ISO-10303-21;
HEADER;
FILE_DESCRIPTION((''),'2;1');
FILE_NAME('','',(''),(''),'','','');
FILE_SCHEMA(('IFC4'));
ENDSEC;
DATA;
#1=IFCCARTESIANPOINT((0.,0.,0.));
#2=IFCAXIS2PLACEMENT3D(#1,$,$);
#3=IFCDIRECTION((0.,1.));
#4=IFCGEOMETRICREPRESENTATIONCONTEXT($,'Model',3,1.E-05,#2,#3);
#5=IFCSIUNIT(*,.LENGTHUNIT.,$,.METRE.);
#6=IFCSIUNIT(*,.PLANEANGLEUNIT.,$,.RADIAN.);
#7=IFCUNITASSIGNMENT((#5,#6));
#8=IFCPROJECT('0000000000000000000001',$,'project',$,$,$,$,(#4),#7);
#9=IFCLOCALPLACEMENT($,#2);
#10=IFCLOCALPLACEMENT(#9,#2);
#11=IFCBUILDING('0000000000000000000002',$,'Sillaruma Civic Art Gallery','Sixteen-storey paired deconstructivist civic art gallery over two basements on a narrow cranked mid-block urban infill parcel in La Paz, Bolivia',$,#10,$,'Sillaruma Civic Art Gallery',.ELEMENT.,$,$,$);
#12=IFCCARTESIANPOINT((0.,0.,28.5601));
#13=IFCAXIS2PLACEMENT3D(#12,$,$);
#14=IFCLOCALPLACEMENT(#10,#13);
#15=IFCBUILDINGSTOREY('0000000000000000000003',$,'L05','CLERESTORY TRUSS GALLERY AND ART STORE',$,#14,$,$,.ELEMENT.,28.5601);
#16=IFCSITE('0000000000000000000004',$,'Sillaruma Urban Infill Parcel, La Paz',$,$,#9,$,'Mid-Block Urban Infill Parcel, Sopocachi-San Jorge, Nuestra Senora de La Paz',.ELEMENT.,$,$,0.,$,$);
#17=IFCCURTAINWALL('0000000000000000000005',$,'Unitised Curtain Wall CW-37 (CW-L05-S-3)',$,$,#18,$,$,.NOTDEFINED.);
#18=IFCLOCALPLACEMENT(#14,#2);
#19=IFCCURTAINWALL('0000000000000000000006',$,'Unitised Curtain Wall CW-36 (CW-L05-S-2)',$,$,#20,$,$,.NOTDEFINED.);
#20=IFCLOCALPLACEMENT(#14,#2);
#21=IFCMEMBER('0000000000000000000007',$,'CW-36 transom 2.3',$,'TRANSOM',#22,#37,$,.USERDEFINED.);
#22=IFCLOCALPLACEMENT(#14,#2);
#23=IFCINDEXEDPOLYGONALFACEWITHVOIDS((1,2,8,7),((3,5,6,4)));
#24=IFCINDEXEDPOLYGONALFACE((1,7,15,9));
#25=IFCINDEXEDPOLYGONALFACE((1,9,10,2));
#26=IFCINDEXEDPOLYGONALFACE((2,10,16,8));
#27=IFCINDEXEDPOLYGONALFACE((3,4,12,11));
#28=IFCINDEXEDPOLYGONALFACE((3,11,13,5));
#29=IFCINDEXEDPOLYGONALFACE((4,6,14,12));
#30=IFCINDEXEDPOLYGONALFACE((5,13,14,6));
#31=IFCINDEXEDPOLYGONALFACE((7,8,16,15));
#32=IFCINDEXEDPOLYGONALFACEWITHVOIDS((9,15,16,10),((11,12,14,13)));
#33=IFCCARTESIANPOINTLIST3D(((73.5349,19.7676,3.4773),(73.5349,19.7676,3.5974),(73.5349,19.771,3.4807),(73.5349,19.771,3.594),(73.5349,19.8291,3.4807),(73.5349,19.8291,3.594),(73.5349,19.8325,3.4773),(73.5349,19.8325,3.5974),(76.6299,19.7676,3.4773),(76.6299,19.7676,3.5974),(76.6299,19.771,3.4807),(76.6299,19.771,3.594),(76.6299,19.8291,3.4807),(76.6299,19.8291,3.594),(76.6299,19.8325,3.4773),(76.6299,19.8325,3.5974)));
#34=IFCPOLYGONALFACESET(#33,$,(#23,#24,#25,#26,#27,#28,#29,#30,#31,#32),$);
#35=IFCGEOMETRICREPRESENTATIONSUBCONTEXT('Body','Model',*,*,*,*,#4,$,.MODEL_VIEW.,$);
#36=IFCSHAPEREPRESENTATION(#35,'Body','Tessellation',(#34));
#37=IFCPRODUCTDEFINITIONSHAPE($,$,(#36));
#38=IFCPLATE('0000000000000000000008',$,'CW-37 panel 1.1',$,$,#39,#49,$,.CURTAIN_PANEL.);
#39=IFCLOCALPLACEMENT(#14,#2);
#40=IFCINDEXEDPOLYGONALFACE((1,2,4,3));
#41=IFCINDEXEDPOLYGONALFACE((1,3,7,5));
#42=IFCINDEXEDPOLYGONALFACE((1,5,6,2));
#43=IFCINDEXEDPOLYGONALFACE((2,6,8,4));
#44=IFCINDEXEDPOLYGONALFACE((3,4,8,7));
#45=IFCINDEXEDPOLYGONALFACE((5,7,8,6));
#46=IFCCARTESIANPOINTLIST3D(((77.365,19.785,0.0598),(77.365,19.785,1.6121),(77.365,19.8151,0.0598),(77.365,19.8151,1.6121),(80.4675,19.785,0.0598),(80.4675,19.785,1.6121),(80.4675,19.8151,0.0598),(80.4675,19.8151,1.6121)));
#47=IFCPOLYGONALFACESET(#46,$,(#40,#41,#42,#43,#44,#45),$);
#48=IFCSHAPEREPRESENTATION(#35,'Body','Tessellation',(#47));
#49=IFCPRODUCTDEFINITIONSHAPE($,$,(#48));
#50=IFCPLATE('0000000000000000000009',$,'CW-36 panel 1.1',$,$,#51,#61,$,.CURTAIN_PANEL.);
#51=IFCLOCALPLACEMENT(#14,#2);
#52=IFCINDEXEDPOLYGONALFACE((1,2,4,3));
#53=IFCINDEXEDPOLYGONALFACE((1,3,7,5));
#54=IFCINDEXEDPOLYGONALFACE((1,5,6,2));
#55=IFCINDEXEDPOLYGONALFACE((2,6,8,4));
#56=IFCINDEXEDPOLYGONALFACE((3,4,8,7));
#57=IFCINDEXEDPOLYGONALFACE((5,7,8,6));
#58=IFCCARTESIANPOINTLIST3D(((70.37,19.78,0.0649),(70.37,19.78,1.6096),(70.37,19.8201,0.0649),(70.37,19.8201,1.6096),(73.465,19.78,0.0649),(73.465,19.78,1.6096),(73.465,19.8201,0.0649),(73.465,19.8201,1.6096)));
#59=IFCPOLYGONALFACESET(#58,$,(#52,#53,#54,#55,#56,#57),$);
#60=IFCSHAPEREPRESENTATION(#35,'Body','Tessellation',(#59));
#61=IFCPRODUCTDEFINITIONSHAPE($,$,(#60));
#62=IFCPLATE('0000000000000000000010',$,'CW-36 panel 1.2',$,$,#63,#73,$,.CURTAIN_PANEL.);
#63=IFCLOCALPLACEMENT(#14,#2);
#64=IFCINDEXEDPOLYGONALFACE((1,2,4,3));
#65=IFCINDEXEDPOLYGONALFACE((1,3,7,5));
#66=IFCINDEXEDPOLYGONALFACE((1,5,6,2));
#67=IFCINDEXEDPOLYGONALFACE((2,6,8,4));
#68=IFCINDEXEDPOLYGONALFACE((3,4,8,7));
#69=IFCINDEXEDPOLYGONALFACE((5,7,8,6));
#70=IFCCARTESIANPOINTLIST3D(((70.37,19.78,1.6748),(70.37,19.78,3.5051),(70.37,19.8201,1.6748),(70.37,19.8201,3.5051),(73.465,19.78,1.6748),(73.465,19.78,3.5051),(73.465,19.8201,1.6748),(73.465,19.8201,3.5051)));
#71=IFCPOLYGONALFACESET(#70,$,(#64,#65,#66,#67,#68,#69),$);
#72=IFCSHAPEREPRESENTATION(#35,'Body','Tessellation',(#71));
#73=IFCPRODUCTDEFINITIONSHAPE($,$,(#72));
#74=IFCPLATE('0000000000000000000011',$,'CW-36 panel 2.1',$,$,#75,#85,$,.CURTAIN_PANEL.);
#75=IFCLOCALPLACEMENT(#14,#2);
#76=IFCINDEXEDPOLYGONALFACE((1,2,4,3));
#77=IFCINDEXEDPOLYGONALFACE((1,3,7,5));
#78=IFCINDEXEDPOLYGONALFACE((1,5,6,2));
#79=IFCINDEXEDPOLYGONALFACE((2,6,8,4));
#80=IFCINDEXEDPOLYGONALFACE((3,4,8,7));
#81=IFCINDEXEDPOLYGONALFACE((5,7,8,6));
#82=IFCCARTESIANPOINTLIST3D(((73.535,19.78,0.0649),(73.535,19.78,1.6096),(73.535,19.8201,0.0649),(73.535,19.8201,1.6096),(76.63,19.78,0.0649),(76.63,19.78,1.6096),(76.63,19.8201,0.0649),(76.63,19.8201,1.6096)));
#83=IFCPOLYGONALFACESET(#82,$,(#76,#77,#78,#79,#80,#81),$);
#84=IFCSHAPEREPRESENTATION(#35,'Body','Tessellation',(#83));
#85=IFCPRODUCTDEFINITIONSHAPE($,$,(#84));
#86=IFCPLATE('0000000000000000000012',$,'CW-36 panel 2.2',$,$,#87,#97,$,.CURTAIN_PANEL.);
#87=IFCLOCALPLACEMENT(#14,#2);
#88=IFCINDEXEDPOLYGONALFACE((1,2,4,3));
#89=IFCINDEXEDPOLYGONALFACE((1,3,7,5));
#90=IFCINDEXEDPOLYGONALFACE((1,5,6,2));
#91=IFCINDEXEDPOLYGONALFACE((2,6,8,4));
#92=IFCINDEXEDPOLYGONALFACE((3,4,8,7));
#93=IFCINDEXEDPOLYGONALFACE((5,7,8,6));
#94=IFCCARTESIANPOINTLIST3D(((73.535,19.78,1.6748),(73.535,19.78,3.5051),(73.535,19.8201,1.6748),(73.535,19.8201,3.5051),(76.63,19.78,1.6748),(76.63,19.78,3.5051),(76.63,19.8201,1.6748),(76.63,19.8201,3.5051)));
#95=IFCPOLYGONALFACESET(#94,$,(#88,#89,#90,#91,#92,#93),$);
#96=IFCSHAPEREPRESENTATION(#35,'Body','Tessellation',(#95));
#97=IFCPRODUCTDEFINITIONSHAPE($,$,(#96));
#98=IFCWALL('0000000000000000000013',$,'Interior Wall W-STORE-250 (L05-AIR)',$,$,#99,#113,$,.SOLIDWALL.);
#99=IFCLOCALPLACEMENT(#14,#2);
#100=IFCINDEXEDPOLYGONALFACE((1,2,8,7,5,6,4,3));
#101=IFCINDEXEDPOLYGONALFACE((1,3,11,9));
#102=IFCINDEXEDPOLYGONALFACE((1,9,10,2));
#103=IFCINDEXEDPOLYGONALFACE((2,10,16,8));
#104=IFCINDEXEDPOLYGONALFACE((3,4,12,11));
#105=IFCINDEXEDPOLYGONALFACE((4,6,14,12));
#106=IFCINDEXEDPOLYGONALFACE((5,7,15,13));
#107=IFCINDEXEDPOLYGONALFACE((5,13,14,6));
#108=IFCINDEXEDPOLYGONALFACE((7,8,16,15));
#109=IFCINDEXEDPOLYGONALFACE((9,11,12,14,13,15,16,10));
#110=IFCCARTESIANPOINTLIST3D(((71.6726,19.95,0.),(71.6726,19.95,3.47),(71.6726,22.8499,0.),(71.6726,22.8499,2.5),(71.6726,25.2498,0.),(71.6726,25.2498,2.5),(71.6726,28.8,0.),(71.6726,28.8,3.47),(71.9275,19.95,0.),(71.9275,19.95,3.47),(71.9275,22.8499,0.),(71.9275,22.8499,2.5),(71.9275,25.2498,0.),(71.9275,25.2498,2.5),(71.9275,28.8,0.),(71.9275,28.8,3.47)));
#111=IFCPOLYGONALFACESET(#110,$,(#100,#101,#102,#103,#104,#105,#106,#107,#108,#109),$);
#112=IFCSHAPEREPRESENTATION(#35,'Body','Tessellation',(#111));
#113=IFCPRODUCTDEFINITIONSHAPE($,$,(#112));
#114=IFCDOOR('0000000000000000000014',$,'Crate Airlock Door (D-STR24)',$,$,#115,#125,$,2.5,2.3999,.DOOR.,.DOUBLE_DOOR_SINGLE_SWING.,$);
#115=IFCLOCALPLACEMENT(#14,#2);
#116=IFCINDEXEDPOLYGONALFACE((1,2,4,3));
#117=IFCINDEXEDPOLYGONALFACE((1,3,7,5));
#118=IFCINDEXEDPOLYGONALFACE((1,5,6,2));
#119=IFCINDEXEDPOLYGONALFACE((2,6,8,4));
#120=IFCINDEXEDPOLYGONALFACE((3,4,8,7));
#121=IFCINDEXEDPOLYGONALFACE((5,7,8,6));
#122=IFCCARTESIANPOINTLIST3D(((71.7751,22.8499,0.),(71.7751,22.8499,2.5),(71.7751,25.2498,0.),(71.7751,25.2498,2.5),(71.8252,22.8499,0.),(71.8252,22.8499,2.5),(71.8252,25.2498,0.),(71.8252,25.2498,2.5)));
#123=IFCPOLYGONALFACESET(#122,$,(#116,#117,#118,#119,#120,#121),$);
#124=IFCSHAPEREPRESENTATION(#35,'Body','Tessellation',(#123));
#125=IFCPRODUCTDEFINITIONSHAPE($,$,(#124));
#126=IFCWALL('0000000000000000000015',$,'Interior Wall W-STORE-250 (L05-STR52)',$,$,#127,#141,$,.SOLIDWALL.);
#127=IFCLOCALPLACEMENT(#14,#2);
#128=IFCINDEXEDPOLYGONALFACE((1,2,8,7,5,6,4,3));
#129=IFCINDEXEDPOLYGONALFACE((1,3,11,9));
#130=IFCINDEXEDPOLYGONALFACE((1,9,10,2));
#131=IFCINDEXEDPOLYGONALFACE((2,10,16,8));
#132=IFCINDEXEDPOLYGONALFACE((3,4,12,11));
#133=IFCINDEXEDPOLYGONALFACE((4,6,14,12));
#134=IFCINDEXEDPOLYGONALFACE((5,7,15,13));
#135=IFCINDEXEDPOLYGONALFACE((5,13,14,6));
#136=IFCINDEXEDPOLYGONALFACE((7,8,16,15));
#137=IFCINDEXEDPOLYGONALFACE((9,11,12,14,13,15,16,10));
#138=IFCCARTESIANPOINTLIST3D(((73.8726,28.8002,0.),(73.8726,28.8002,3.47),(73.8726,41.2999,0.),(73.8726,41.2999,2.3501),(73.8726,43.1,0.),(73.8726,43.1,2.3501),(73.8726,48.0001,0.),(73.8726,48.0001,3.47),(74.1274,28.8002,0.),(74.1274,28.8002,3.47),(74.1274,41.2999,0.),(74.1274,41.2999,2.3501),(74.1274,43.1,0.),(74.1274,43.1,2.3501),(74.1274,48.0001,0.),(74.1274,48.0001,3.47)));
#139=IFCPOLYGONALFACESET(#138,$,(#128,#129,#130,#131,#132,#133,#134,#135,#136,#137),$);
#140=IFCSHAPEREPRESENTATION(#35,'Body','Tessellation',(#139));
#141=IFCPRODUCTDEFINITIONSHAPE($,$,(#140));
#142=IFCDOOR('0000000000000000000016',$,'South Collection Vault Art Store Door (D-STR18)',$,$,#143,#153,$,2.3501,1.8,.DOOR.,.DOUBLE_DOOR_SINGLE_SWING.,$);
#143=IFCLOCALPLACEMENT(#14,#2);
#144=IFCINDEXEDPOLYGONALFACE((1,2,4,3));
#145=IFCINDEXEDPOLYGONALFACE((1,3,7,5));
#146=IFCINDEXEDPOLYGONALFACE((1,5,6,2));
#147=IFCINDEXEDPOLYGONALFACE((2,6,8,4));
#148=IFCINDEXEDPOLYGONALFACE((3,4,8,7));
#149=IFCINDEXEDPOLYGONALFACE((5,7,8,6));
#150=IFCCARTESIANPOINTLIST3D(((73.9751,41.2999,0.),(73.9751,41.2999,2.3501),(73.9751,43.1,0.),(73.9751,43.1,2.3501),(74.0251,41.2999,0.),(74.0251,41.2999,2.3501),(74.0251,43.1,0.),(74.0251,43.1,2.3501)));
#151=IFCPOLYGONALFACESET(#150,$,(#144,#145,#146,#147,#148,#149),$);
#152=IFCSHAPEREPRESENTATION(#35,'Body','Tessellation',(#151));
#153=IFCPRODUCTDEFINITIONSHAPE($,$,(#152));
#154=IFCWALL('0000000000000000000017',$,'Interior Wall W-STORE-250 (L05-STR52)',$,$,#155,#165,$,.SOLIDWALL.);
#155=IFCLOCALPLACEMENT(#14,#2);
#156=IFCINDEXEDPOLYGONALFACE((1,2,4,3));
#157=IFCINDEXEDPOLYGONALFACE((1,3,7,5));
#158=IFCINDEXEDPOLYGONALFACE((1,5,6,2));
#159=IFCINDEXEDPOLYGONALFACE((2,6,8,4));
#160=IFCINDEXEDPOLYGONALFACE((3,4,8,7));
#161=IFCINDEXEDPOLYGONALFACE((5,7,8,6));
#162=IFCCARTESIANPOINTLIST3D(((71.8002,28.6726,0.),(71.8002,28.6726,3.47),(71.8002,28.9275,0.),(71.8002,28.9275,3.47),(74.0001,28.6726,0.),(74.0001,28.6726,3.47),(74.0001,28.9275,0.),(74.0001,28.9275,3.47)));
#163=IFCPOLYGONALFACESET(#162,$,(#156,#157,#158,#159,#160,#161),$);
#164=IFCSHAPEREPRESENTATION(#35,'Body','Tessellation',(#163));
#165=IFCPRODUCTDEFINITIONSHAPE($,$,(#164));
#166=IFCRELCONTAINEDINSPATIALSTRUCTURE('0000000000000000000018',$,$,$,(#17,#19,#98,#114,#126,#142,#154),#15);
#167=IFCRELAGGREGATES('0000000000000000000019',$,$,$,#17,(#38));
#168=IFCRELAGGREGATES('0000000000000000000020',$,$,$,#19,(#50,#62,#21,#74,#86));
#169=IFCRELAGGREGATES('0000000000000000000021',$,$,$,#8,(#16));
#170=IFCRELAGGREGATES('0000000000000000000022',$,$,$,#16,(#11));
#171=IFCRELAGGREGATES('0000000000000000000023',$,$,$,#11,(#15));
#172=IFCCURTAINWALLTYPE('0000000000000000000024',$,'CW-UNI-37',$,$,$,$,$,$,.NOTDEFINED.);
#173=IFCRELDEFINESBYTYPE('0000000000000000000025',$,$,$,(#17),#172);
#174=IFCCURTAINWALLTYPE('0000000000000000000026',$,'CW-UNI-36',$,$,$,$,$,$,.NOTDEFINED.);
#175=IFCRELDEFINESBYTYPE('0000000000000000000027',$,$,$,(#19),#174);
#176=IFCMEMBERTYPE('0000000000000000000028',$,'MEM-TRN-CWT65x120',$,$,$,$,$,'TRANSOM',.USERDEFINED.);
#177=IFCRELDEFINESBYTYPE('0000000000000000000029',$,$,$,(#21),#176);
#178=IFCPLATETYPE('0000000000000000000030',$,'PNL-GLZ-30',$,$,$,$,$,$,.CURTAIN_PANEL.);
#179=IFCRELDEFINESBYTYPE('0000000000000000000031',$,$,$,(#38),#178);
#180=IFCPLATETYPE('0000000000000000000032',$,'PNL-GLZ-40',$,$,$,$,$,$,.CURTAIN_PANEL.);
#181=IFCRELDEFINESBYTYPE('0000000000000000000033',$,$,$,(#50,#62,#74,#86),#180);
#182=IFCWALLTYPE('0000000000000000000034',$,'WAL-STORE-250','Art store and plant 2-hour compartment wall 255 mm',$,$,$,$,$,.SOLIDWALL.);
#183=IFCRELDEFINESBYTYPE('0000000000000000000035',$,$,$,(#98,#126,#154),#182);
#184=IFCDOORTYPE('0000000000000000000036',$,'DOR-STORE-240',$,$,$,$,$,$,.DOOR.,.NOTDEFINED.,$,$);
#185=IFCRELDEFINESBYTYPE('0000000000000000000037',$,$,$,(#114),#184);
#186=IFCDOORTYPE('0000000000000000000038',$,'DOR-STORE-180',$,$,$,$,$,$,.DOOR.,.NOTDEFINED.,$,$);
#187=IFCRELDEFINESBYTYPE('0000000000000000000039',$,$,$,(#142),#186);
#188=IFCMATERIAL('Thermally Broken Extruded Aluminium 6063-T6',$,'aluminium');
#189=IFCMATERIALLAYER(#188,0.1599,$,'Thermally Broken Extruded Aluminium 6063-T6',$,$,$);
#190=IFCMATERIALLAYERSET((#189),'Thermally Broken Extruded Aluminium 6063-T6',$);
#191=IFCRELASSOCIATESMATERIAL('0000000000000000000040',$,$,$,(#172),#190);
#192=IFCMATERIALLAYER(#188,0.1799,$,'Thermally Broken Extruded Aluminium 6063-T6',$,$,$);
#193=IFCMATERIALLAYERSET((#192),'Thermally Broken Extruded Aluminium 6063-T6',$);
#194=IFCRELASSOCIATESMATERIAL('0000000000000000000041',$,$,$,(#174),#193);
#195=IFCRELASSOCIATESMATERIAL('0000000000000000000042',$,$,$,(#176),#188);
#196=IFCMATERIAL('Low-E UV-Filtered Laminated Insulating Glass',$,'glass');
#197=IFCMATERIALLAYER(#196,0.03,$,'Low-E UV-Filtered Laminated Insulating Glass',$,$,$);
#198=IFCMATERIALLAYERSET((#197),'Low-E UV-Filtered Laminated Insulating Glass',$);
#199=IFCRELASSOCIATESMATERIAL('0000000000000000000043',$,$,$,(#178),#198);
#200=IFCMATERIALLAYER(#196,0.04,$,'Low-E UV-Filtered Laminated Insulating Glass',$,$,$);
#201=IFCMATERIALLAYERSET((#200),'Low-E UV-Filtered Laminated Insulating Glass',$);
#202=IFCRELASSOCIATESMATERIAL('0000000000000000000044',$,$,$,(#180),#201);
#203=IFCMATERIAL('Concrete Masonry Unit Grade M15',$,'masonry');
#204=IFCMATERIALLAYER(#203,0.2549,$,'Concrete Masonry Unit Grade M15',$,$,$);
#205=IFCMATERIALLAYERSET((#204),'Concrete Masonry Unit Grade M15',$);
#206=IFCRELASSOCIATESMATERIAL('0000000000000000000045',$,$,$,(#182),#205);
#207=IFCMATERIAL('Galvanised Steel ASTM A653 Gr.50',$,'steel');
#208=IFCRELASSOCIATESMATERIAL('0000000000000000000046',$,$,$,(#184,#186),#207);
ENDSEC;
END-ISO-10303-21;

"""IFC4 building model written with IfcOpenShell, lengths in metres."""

from ifc_helpers import new_model, si_unit, direction, frame, frame_2d, origin, origin_2d, place, context, subcontext, project, spatial, rectangle, hollow_rectangle, extrude, material, layer, layer_set, material_profile, profile_set, type_object, element, fill, aggregate, save


model = new_model("IFC4")

# Units and contexts
model_context = context("Model", 3, precision=1e-05, world=origin(), true_north=direction((0.0, 1.0)))
body_context = subcontext(model_context, "Body", "Model", "MODEL_VIEW")
ifc_project = project(units=[si_unit("LENGTHUNIT", "METRE"), si_unit("PLANEANGLEUNIT", "RADIAN")], contexts=[model_context])

# Site, building, storey
site_placement = place(None, origin())
site = spatial("IfcSite", under=ifc_project, at=site_placement, Name="Sillaruma Urban Infill Parcel, La Paz", LongName="Mid-Block Urban Infill Parcel, Sopocachi-San Jorge, Nuestra Senora de La Paz", CompositionType="ELEMENT", RefElevation=0.0)
building_placement = place(site_placement, origin())
building = spatial("IfcBuilding", under=site, at=building_placement, Name="Sillaruma Civic Art Gallery", Description="Sixteen-storey paired deconstructivist civic art gallery over two basements on a narrow cranked mid-block urban infill parcel in La Paz, Bolivia", LongName="Sillaruma Civic Art Gallery", CompositionType="ELEMENT")
storey_placement = place(building_placement, frame((0.0, 0.0, 28.5601)))
storey = spatial("IfcBuildingStorey", under=building, at=storey_placement, Name="L05", Description="CLERESTORY TRUSS GALLERY AND ART STORE", CompositionType="ELEMENT", Elevation=28.5601)

# Curtain wall
ifc_material_1 = material(Name="Thermally Broken Extruded Aluminium 6063-T6", Category="aluminium")
ifc_layer_1 = layer(ifc_material_1, 0.1599, Name="Thermally Broken Extruded Aluminium 6063-T6")
ifc_layer_set_1 = layer_set([ifc_layer_1], Name="Thermally Broken Extruded Aluminium 6063-T6")
curtain_wall_type_1 = type_object("IfcCurtainWallType", Name="CW-UNI-37", PredefinedType="NOTDEFINED", material=ifc_layer_set_1)
curtain_wall_1_placement = place(storey_placement, origin())
curtain_wall_1 = element("IfcCurtainWall", 1, at=curtain_wall_1_placement, inside=storey, type_object=curtain_wall_type_1, Name="Unitised Curtain Wall CW-37 (CW-L05-S-3)", PredefinedType="NOTDEFINED")

# Curtain wall
ifc_layer_2 = layer(ifc_material_1, 0.1799, Name="Thermally Broken Extruded Aluminium 6063-T6")
ifc_layer_set_2 = layer_set([ifc_layer_2], Name="Thermally Broken Extruded Aluminium 6063-T6")
curtain_wall_type_2 = type_object("IfcCurtainWallType", Name="CW-UNI-36", PredefinedType="NOTDEFINED", material=ifc_layer_set_2)
curtain_wall_2_placement = place(storey_placement, origin())
curtain_wall_2 = element("IfcCurtainWall", 2, at=curtain_wall_2_placement, inside=storey, type_object=curtain_wall_type_2, Name="Unitised Curtain Wall CW-36 (CW-L05-S-2)", PredefinedType="NOTDEFINED")

# Member
ifc_material_profile_1 = material_profile(ifc_material_1, hollow_rectangle(XDim=0.0649, YDim=0.1201, WallThickness=0.0034, at=origin_2d()), Name="CWT65x120")
ifc_profile_set_1 = profile_set([ifc_material_profile_1], Name="Thermally Broken Extruded Aluminium 6063-T6")
member_type_1 = type_object("IfcMemberType", Name="MEM-TRN-CWT65x120", ElementType="TRANSOM", PredefinedType="USERDEFINED", material=ifc_profile_set_1)
member_1_placement = place(storey_placement, frame((73.5349, 19.8, 3.5374), z_axis=(1.0, 0.0, 0.0), x_axis=(0.0, 1.0, 0.0)))
member_1 = element("IfcMember", 3, at=member_1_placement, type_object=member_type_1, Name="CW-36 transom 2.3", ObjectType="TRANSOM", PredefinedType="USERDEFINED", context=body_context, shape_type="SweptSolid", body=[
    extrude(hollow_rectangle(XDim=0.0649, YDim=0.1201, WallThickness=0.0034, at=origin_2d()), origin(), (0.0, 0.0, 1.0), 3.095),
])

# Plates
ifc_material_2 = material(Name="Low-E UV-Filtered Laminated Insulating Glass", Category="glass")
ifc_layer_3 = layer(ifc_material_2, 0.03, Name="Low-E UV-Filtered Laminated Insulating Glass")
ifc_layer_set_3 = layer_set([ifc_layer_3], Name="Low-E UV-Filtered Laminated Insulating Glass")
plate_type_1 = type_object("IfcPlateType", Name="PNL-GLZ-30", PredefinedType="CURTAIN_PANEL", material=ifc_layer_set_3)
plate_1_placement = place(storey_placement, frame((78.9163, 19.8, 0.0598), z_axis=(0.0, 0.0, 1.0), x_axis=(1.0, 0.0, 0.0)))
plate_1 = element("IfcPlate", 4, at=plate_1_placement, type_object=plate_type_1, Name="CW-37 panel 1.1", PredefinedType="CURTAIN_PANEL", context=body_context, shape_type="SweptSolid", body=[
    extrude(rectangle(XDim=3.1025, YDim=0.03, at=origin_2d()), origin(), (0.0, 0.0, 1.0), 1.5522),
])
aggregate(curtain_wall_1, [plate_1])
ifc_layer_4 = layer(ifc_material_2, 0.04, Name="Low-E UV-Filtered Laminated Insulating Glass")
ifc_layer_set_4 = layer_set([ifc_layer_4], Name="Low-E UV-Filtered Laminated Insulating Glass")
plate_type_2 = type_object("IfcPlateType", Name="PNL-GLZ-40", PredefinedType="CURTAIN_PANEL", material=ifc_layer_set_4)
plate_2_placement = place(storey_placement, frame((71.9175, 19.8, 0.0649), z_axis=(0.0, 0.0, 1.0), x_axis=(1.0, 0.0, 0.0)))
plate_2 = element("IfcPlate", 5, at=plate_2_placement, type_object=plate_type_2, Name="CW-36 panel 1.1", PredefinedType="CURTAIN_PANEL", context=body_context, shape_type="SweptSolid", body=[
    extrude(rectangle(XDim=3.095, YDim=0.04, at=origin_2d()), origin(), (0.0, 0.0, 1.0), 1.5447),
])
plate_3_placement = place(storey_placement, frame((71.9175, 19.8, 1.6748), z_axis=(0.0, 0.0, 1.0), x_axis=(1.0, 0.0, 0.0)))
plate_3 = element("IfcPlate", 6, at=plate_3_placement, type_object=plate_type_2, Name="CW-36 panel 1.2", PredefinedType="CURTAIN_PANEL", context=body_context, shape_type="SweptSolid", body=[
    extrude(rectangle(XDim=3.095, YDim=0.04, at=origin_2d()), origin(), (0.0, 0.0, 1.0), 1.8303),
])
plate_4_placement = place(storey_placement, frame((75.0825, 19.8, 0.0649), z_axis=(0.0, 0.0, 1.0), x_axis=(1.0, 0.0, 0.0)))
plate_4 = element("IfcPlate", 7, at=plate_4_placement, type_object=plate_type_2, Name="CW-36 panel 2.1", PredefinedType="CURTAIN_PANEL", context=body_context, shape_type="SweptSolid", body=[
    extrude(rectangle(XDim=3.095, YDim=0.04, at=origin_2d()), origin(), (0.0, 0.0, 1.0), 1.5447),
])
plate_5_placement = place(storey_placement, frame((75.0825, 19.8, 1.6748), z_axis=(0.0, 0.0, 1.0), x_axis=(1.0, 0.0, 0.0)))
plate_5 = element("IfcPlate", 8, at=plate_5_placement, type_object=plate_type_2, Name="CW-36 panel 2.2", PredefinedType="CURTAIN_PANEL", context=body_context, shape_type="SweptSolid", body=[
    extrude(rectangle(XDim=3.095, YDim=0.04, at=origin_2d()), origin(), (0.0, 0.0, 1.0), 1.8303),
])
aggregate(curtain_wall_2, [plate_2, plate_3, member_1, plate_4, plate_5])

# Walls, openings, doors
ifc_material_3 = material(Name="Galvanised Steel ASTM A653 Gr.50", Category="steel")
ifc_material_4 = material(Name="Concrete Masonry Unit Grade M15", Category="masonry")
ifc_layer_5 = layer(ifc_material_4, 0.2549, Name="Concrete Masonry Unit Grade M15")
ifc_layer_set_5 = layer_set([ifc_layer_5], Name="Concrete Masonry Unit Grade M15")
wall_type_1 = type_object("IfcWallType", Name="WAL-STORE-250", Description="Art store and plant 2-hour compartment wall 255 mm", PredefinedType="SOLIDWALL", material=ifc_layer_set_5)
wall_1_placement = place(storey_placement, frame((71.8, 19.95, 0.0), z_axis=(0.0, 0.0, 1.0), x_axis=(0.0, 1.0, 0.0)))
wall_1 = element("IfcWall", 9, at=wall_1_placement, inside=storey, type_object=wall_type_1, Name="Interior Wall W-STORE-250 (L05-AIR)", PredefinedType="SOLIDWALL", context=body_context, shape_type="SweptSolid", body=[
    extrude(rectangle(XDim=8.8501, YDim=0.2549, at=frame_2d((4.425, 0.0))), origin(), (0.0, 0.0, 1.0), 3.47),
])
opening_1_placement = place(wall_1_placement, frame((2.8999, 0.0, 0.0)))
opening_1 = element("IfcOpeningElement", 10, at=opening_1_placement, cuts=wall_1, PredefinedType="OPENING", context=body_context, shape_type="SweptSolid", body=[
    extrude(rectangle(XDim=2.3999, YDim=2.5, at=frame_2d((1.2, 1.25))), frame((0.0, 0.1375, 0.0), z_axis=(0.0, -1.0, 0.0), x_axis=(1.0, 0.0, 0.0)), (0.0, 0.0, 1.0), 0.2749),
])
door_type_1 = type_object("IfcDoorType", Name="DOR-STORE-240", OperationType="NOTDEFINED", PredefinedType="DOOR", material=ifc_material_3)
door_1_placement = place(opening_1_placement, origin())
door_1 = element("IfcDoor", 11, at=door_1_placement, inside=storey, type_object=door_type_1, Name="Crate Airlock Door (D-STR24)", OperationType="DOUBLE_DOOR_SINGLE_SWING", OverallHeight=2.5, OverallWidth=2.3999, PredefinedType="DOOR", context=body_context, shape_type="SweptSolid", body=[
    extrude(rectangle(XDim=2.3999, YDim=2.5, at=frame_2d((1.2, 1.25))), frame((0.0, 0.0249, 0.0), z_axis=(0.0, -1.0, 0.0), x_axis=(1.0, 0.0, 0.0)), (0.0, 0.0, 1.0), 0.05),
])
fill(opening_1, door_1)
wall_2_placement = place(storey_placement, frame((74.0, 28.8, 0.0), z_axis=(0.0, 0.0, 1.0), x_axis=(0.0, 1.0, 0.0)))
wall_2 = element("IfcWall", 12, at=wall_2_placement, inside=storey, type_object=wall_type_1, Name="Interior Wall W-STORE-250 (L05-STR52)", PredefinedType="SOLIDWALL", context=body_context, shape_type="SweptSolid", body=[
    extrude(rectangle(XDim=19.2, YDim=0.2549, at=frame_2d((9.6001, 0.0))), origin(), (0.0, 0.0, 1.0), 3.47),
])
opening_2_placement = place(wall_2_placement, frame((12.5, 0.0, 0.0)))
opening_2 = element("IfcOpeningElement", 13, at=opening_2_placement, cuts=wall_2, PredefinedType="OPENING", context=body_context, shape_type="SweptSolid", body=[
    extrude(rectangle(XDim=1.8, YDim=2.3501, at=frame_2d((0.8999, 1.175))), frame((0.0, 0.1375, 0.0), z_axis=(0.0, -1.0, 0.0), x_axis=(1.0, 0.0, 0.0)), (0.0, 0.0, 1.0), 0.2749),
])
door_type_2 = type_object("IfcDoorType", Name="DOR-STORE-180", OperationType="NOTDEFINED", PredefinedType="DOOR", material=ifc_material_3)
door_2_placement = place(opening_2_placement, origin())
door_2 = element("IfcDoor", 14, at=door_2_placement, inside=storey, type_object=door_type_2, Name="South Collection Vault Art Store Door (D-STR18)", OperationType="DOUBLE_DOOR_SINGLE_SWING", OverallHeight=2.3501, OverallWidth=1.8, PredefinedType="DOOR", context=body_context, shape_type="SweptSolid", body=[
    extrude(rectangle(XDim=1.8, YDim=2.3501, at=frame_2d((0.8999, 1.175))), frame((0.0, 0.0249, 0.0), z_axis=(0.0, -1.0, 0.0), x_axis=(1.0, 0.0, 0.0)), (0.0, 0.0, 1.0), 0.05),
])
fill(opening_2, door_2)

# Wall
wall_3_placement = place(storey_placement, frame((71.8, 28.8, 0.0), z_axis=(0.0, 0.0, 1.0), x_axis=(1.0, 0.0, 0.0)))
element("IfcWall", 15, at=wall_3_placement, inside=storey, type_object=wall_type_1, Name="Interior Wall W-STORE-250 (L05-STR52)", PredefinedType="SOLIDWALL", context=body_context, shape_type="SweptSolid", body=[
    extrude(rectangle(XDim=2.2, YDim=0.2549, at=frame_2d((1.1001, 0.0))), origin(), (0.0, 0.0, 1.0), 3.47),
])

save(model, "model.ifc")
